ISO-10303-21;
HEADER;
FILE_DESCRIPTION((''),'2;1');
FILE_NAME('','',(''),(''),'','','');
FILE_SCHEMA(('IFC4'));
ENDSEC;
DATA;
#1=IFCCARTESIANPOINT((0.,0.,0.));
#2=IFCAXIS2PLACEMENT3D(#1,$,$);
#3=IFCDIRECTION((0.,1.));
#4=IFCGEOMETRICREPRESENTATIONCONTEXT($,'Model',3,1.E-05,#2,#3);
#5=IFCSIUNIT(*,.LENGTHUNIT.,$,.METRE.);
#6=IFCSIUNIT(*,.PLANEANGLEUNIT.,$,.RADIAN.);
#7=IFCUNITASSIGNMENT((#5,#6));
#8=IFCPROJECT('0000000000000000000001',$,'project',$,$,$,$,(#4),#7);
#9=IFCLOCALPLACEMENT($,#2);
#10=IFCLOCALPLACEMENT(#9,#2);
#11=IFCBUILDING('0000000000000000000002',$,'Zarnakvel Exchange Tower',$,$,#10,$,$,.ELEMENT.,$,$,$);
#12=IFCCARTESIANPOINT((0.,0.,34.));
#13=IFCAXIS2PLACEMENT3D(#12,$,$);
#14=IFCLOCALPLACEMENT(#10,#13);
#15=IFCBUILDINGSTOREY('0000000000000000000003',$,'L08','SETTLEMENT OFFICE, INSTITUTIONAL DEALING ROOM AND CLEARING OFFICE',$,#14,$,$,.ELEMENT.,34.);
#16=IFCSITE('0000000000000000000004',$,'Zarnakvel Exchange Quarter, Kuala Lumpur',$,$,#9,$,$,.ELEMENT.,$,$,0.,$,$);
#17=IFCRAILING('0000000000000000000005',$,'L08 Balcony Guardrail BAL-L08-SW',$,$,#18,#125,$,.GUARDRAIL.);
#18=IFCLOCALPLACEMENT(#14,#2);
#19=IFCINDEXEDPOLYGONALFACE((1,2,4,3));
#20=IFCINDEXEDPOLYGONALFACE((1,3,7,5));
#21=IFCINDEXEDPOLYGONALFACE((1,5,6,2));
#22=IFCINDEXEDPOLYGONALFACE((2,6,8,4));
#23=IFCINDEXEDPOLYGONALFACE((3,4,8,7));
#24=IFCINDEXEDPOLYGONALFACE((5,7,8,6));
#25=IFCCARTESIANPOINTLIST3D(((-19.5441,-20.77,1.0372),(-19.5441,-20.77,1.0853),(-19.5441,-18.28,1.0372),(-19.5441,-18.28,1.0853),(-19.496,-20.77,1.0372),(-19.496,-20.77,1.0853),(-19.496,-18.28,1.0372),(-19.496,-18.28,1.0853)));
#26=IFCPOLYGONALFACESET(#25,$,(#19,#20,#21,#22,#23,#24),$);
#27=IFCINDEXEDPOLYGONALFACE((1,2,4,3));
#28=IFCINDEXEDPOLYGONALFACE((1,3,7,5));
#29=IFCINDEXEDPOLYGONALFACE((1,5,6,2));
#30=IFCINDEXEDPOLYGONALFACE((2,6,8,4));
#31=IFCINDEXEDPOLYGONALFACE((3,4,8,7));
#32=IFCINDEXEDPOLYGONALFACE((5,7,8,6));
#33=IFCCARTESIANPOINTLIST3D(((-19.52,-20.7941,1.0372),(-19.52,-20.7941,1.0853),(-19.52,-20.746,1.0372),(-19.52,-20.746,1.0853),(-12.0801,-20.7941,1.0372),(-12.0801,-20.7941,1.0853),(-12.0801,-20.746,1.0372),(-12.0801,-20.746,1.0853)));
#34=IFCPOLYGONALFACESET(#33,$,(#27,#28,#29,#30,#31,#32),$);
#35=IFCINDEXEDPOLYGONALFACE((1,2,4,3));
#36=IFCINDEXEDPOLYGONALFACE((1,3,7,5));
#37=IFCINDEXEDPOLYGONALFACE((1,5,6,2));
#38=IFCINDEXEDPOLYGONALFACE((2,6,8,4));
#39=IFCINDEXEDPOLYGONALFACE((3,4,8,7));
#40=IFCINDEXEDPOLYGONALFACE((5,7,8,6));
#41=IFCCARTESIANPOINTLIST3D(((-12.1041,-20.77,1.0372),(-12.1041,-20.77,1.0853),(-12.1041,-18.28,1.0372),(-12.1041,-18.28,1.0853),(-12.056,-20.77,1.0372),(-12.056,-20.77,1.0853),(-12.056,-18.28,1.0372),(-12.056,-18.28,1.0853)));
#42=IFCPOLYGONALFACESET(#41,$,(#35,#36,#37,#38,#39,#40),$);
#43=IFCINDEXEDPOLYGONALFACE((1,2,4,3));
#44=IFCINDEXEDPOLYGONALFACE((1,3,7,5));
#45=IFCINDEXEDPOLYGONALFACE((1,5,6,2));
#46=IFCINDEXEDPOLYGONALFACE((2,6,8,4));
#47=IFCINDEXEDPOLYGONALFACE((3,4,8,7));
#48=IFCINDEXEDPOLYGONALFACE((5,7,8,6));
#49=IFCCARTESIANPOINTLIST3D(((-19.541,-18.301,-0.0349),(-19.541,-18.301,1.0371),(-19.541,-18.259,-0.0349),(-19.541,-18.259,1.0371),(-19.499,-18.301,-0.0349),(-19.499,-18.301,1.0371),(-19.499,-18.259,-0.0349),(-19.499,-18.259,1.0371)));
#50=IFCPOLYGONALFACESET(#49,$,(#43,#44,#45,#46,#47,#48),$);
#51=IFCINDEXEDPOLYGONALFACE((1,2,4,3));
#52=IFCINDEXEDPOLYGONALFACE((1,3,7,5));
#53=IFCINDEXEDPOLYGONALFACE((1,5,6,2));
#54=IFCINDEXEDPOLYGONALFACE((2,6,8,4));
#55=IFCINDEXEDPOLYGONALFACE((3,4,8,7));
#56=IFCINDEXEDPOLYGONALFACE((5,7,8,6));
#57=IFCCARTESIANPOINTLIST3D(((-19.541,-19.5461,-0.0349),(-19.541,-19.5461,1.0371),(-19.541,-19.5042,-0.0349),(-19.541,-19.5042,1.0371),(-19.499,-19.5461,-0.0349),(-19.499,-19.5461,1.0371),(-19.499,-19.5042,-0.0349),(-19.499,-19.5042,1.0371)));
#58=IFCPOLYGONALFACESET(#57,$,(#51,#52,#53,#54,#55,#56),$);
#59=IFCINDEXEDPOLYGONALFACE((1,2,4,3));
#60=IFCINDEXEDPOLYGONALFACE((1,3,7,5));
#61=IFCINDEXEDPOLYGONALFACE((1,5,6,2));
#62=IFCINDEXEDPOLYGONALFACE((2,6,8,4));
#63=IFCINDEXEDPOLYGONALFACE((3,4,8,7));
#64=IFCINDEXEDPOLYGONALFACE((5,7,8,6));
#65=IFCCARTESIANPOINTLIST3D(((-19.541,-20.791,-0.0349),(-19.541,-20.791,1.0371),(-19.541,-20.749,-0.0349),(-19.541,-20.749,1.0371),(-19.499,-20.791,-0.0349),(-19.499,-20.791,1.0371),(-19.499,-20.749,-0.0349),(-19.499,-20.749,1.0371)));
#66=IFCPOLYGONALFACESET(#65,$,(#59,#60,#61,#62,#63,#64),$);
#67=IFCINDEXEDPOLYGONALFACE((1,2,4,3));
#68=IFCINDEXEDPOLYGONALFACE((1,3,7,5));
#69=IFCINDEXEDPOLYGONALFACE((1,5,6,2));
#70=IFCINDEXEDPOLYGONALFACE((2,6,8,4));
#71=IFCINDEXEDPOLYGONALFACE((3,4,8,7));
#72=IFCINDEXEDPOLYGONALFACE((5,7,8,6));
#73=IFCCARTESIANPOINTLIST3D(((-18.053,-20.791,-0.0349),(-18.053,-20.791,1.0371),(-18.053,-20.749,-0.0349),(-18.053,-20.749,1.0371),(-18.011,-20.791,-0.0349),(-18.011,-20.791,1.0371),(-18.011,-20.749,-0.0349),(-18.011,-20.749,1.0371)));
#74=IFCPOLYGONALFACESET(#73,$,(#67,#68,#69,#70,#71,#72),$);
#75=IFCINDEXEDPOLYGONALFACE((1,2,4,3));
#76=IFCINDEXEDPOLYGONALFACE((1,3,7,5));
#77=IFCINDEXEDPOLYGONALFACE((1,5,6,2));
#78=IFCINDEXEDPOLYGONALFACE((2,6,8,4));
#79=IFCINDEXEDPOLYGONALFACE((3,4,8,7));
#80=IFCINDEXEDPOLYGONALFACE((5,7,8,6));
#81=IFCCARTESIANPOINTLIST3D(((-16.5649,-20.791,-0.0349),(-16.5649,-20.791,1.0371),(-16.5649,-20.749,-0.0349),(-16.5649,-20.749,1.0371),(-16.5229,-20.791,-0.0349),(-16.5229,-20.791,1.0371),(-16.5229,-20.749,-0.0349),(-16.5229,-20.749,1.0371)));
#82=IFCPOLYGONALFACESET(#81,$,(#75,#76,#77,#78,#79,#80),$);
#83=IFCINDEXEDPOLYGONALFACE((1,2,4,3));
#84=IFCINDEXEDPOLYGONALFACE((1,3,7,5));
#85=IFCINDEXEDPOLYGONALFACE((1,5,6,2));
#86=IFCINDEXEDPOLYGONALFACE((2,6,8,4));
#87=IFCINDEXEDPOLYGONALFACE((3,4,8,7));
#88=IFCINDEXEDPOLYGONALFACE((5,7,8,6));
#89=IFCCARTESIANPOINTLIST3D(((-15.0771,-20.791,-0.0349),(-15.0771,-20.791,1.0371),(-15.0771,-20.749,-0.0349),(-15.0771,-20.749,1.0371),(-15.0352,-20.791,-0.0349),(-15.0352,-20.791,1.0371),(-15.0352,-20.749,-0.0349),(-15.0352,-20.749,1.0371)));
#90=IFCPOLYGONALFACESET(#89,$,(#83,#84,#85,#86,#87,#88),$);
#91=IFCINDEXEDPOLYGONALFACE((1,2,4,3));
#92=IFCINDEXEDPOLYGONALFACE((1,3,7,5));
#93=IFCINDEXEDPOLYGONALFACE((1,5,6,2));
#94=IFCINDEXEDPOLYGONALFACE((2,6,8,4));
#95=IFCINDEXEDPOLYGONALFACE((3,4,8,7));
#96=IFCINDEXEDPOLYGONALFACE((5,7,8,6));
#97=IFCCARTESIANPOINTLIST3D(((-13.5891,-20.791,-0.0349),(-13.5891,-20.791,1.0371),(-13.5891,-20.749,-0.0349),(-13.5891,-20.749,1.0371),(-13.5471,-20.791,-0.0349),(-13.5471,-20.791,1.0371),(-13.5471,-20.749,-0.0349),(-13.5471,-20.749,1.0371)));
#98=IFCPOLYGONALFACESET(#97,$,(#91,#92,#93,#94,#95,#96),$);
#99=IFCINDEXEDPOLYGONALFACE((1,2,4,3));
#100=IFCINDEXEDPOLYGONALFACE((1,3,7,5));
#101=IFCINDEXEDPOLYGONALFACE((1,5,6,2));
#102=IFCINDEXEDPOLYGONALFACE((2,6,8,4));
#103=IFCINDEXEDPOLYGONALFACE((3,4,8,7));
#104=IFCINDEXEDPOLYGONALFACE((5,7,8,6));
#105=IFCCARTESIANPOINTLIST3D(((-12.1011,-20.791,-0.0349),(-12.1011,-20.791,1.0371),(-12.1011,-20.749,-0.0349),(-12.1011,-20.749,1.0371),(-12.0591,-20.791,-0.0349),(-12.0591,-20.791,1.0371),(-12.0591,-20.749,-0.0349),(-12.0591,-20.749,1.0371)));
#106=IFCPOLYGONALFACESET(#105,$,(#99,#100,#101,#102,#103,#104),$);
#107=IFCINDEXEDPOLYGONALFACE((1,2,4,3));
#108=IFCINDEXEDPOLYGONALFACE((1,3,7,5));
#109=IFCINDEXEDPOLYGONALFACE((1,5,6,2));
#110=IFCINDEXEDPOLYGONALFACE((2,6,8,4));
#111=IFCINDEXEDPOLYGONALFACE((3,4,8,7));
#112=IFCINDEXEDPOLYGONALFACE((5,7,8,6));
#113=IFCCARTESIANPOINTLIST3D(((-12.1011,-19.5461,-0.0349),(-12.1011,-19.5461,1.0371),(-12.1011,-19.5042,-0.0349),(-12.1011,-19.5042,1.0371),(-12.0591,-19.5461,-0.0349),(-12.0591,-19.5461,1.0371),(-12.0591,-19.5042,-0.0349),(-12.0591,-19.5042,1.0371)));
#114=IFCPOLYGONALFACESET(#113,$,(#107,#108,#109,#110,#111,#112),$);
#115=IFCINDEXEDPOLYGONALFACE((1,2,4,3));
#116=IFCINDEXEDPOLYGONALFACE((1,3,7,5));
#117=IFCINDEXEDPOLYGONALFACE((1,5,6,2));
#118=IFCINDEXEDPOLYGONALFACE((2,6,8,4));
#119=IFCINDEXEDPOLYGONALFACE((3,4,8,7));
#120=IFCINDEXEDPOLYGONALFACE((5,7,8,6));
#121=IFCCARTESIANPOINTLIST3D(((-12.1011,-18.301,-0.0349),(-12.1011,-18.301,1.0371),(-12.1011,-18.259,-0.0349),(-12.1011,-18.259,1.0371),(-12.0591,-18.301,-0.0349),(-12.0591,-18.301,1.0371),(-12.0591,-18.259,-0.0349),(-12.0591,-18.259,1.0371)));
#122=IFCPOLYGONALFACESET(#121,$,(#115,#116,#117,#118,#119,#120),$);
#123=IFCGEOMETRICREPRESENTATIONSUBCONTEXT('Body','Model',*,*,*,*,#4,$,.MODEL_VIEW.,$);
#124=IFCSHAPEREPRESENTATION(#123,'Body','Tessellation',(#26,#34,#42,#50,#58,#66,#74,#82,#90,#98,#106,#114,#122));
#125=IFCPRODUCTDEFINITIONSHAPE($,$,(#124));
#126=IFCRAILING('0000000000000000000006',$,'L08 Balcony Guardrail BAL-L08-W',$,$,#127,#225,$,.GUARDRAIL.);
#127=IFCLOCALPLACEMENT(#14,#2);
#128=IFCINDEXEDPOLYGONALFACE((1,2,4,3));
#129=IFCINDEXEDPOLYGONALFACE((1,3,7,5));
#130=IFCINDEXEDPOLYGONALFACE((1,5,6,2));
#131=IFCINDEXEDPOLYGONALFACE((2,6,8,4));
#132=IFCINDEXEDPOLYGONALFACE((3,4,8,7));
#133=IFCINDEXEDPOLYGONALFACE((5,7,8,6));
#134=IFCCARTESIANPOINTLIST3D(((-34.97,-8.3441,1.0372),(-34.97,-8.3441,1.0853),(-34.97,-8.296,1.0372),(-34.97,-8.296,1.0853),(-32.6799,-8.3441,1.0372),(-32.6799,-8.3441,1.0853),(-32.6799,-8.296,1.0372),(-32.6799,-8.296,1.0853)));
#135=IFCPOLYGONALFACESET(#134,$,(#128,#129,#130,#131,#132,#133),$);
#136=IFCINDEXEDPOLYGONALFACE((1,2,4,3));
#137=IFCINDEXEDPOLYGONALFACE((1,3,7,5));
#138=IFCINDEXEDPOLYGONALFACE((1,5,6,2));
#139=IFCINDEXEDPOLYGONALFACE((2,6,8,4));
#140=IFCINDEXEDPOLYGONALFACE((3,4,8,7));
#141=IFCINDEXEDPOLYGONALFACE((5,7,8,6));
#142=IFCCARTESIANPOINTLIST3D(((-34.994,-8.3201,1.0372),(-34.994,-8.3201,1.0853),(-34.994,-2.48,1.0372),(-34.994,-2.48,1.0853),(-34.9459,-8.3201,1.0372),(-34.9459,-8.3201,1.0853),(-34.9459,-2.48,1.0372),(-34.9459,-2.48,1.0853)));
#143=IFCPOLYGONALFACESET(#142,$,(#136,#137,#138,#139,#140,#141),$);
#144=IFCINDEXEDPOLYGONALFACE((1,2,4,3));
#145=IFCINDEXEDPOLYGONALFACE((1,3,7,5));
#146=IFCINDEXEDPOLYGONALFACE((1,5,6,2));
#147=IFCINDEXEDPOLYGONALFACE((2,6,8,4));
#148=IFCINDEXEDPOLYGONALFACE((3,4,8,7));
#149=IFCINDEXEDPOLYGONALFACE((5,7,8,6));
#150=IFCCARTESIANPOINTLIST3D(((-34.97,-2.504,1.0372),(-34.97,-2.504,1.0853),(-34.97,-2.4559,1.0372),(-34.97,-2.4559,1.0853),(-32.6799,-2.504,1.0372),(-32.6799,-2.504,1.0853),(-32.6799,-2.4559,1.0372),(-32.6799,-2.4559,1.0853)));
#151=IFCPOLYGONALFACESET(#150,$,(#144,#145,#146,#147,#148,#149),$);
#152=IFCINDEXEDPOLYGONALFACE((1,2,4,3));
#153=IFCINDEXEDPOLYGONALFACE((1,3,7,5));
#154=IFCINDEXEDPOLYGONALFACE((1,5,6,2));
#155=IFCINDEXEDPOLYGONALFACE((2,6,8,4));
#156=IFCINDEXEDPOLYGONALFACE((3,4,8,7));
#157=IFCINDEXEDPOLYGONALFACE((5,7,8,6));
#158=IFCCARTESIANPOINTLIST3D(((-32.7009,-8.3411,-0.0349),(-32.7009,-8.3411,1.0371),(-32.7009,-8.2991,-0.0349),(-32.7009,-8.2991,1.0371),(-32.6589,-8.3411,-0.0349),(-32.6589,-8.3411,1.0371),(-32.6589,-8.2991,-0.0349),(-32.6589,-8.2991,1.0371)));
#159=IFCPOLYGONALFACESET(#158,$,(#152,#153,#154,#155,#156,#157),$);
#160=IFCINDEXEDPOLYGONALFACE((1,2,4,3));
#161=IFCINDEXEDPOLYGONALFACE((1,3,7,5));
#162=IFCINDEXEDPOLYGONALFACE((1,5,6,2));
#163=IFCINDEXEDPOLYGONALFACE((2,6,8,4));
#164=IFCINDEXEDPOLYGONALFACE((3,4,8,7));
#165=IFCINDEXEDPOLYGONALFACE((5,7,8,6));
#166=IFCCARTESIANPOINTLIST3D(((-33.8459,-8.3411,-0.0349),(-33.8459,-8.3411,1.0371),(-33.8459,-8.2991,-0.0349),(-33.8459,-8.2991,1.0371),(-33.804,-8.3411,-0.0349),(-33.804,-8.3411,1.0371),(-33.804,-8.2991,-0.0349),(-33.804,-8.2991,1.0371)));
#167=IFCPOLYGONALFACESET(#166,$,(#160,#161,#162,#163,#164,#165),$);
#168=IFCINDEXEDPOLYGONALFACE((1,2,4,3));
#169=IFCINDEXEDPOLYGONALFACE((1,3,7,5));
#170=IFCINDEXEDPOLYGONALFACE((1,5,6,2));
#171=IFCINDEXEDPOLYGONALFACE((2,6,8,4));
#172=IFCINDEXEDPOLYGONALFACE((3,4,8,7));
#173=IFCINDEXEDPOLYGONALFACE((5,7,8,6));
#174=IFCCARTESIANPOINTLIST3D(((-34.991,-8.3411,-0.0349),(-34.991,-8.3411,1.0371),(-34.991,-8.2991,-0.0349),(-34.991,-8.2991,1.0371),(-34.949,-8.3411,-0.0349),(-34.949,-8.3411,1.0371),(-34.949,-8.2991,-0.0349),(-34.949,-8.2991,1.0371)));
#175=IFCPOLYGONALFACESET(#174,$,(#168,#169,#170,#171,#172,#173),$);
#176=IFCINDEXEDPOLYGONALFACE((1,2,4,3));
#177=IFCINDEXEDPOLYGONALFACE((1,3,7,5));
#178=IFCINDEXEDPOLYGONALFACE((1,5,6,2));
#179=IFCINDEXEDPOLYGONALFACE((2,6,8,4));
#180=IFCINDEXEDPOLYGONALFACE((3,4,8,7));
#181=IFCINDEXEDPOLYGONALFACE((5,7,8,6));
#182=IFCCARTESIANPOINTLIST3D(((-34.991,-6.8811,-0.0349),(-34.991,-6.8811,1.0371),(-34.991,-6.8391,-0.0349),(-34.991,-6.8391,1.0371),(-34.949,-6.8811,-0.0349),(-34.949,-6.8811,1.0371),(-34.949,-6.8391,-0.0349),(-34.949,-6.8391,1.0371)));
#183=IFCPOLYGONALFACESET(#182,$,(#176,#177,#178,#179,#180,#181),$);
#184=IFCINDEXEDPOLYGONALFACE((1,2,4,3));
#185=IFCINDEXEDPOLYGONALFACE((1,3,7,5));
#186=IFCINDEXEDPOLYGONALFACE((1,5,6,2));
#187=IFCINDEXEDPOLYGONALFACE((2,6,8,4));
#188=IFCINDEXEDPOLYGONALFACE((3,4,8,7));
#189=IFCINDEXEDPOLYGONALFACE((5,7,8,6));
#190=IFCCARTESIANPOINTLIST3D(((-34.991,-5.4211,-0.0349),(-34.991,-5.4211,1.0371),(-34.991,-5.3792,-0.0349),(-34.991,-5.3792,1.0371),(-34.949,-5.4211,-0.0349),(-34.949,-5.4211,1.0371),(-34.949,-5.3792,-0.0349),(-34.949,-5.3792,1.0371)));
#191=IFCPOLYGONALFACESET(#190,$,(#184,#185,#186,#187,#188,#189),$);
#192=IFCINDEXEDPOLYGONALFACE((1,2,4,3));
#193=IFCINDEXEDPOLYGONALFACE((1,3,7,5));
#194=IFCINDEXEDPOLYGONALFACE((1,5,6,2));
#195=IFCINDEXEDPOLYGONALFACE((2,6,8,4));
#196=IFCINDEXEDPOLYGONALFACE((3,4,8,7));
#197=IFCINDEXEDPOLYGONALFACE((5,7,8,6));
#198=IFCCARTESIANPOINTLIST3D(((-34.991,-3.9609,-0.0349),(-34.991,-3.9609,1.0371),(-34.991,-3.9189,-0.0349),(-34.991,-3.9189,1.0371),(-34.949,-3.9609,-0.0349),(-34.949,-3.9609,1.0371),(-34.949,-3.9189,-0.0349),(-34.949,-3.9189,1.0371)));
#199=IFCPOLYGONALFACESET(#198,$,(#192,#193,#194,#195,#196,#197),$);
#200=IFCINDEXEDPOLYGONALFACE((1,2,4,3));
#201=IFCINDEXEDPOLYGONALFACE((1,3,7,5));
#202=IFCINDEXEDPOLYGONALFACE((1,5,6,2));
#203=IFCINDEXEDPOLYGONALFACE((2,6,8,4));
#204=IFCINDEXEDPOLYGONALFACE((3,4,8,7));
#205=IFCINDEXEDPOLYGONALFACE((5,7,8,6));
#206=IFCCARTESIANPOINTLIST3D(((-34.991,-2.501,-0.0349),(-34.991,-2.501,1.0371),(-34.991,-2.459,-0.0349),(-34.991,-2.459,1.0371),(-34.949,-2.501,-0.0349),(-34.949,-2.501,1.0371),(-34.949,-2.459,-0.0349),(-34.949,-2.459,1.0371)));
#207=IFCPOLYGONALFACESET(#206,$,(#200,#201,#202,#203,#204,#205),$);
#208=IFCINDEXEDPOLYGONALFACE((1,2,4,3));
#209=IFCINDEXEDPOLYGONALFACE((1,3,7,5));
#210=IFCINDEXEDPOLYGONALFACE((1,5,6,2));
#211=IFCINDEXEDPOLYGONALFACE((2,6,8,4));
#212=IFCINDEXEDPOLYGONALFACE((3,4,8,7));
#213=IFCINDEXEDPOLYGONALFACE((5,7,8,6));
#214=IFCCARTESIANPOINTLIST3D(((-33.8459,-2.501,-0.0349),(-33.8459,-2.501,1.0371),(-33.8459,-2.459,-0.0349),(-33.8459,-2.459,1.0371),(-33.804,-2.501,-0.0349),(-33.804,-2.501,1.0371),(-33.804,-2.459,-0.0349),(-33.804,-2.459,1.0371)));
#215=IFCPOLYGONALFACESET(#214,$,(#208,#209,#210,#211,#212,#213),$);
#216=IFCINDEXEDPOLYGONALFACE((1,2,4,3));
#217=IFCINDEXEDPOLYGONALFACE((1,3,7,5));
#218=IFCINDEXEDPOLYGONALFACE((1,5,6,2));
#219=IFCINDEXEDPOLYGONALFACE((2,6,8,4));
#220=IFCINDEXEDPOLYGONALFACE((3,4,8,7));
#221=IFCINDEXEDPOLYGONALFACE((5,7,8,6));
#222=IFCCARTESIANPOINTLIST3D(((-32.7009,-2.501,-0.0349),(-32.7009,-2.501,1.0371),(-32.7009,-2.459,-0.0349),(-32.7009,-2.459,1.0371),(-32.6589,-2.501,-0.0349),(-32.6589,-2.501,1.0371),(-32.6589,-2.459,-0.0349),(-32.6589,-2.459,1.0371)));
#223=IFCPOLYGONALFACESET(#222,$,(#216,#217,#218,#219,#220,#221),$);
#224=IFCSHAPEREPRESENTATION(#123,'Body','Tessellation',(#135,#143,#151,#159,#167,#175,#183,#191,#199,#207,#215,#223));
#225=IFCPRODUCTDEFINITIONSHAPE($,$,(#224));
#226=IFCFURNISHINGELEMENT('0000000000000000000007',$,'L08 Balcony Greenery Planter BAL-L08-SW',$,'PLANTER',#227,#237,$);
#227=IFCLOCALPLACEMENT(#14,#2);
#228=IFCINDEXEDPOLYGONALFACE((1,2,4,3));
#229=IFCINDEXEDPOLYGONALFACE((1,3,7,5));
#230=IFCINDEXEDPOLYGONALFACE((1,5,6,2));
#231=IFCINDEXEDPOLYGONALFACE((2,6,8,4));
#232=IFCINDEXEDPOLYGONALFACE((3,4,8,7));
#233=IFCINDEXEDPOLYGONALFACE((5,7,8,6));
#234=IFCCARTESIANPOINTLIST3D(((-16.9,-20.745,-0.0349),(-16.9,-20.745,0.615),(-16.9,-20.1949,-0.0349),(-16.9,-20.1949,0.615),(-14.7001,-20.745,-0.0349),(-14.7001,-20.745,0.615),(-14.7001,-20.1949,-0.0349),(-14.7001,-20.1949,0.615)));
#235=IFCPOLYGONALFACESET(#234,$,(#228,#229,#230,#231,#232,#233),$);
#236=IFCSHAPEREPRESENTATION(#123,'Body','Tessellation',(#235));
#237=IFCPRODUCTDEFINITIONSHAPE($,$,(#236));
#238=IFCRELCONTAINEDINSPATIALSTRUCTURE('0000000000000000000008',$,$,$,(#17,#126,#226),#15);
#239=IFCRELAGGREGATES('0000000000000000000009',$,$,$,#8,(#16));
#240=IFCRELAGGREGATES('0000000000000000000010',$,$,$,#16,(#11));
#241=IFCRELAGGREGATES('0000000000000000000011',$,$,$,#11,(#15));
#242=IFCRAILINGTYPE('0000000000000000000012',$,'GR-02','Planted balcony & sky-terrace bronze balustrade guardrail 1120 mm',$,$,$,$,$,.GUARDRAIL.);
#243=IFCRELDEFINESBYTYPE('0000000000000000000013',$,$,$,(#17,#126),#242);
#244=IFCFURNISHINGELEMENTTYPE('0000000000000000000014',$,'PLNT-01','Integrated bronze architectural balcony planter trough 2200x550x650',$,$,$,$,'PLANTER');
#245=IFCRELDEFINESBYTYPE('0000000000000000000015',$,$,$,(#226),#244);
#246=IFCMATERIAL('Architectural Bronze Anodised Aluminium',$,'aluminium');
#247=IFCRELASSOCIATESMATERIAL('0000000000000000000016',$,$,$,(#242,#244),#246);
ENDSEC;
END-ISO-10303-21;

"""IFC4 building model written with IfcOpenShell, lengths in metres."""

from ifc_helpers import new_model, si_unit, direction, frame, origin, origin_2d, place, context, subcontext, project, spatial, rectangle, extrude, source, transform, mapped, material, type_object, element, save


model = new_model("IFC4")

# Units and contexts
model_context = context("Model", 3, precision=1e-05, world=origin(), true_north=direction((0.0, 1.0)))
body_context = subcontext(model_context, "Body", "Model", "MODEL_VIEW")
ifc_project = project(units=[si_unit("LENGTHUNIT", "METRE"), si_unit("PLANEANGLEUNIT", "RADIAN")], contexts=[model_context])

# Site, building, storey
site_placement = place(None, origin())
site = spatial("IfcSite", under=ifc_project, at=site_placement, Name="Zarnakvel Exchange Quarter, Kuala Lumpur", CompositionType="ELEMENT", RefElevation=0.0)
building_placement = place(site_placement, origin())
building = spatial("IfcBuilding", under=site, at=building_placement, Name="Zarnakvel Exchange Tower", CompositionType="ELEMENT")
storey_placement = place(building_placement, frame((0.0, 0.0, 34.0)))
storey = spatial("IfcBuildingStorey", under=building, at=storey_placement, Name="L08", Description="SETTLEMENT OFFICE, INSTITUTIONAL DEALING ROOM AND CLEARING OFFICE", CompositionType="ELEMENT", Elevation=34.0)

# Shared definitions
ifc_material_1 = material(Name="Architectural Bronze Anodised Aluminium", Category="aluminium")

# Railings
railing_type = type_object("IfcRailingType", Name="GR-02", Description="Planted balcony & sky-terrace bronze balustrade guardrail 1120 mm", PredefinedType="GUARDRAIL", material=ifc_material_1)
railing_1_placement = place(storey_placement, frame((-19.52, -18.28, -0.0349)))
element("IfcRailing", 1, at=railing_1_placement, inside=storey, type_object=railing_type, Name="L08 Balcony Guardrail BAL-L08-SW", PredefinedType="GUARDRAIL", context=body_context, shape_type="SweptSolid", body=[
    extrude(rectangle(XDim=0.0481, YDim=0.0481, at=origin_2d()), frame((0.0, 0.0, 1.0962), z_axis=(0.0, -1.0, 0.0), x_axis=(1.0, 0.0, 0.0)), (0.0, 0.0, 1.0), 2.49),
    extrude(rectangle(XDim=0.0481, YDim=0.0481, at=origin_2d()), frame((0.0, -2.49, 1.0962), z_axis=(1.0, 0.0, 0.0), x_axis=(0.0, 1.0, 0.0)), (0.0, 0.0, 1.0), 7.4399),
    extrude(rectangle(XDim=0.0481, YDim=0.0481, at=origin_2d()), frame((7.4399, -2.49, 1.0962), z_axis=(0.0, 1.0, 0.0), x_axis=(-1.0, 0.0, 0.0)), (0.0, 0.0, 1.0), 2.49),
    extrude(rectangle(XDim=0.042, YDim=0.042, at=origin_2d()), origin(), (0.0, 0.0, 1.0), 1.072),
    extrude(rectangle(XDim=0.042, YDim=0.042, at=origin_2d()), frame((0.0, -1.2451, 0.0)), (0.0, 0.0, 1.0), 1.072),
    extrude(rectangle(XDim=0.042, YDim=0.042, at=origin_2d()), frame((0.0, -2.49, 0.0)), (0.0, 0.0, 1.0), 1.072),
    extrude(rectangle(XDim=0.042, YDim=0.042, at=origin_2d()), frame((1.488, -2.49, 0.0)), (0.0, 0.0, 1.0), 1.072),
    extrude(rectangle(XDim=0.042, YDim=0.042, at=origin_2d()), frame((2.9761, -2.49, 0.0)), (0.0, 0.0, 1.0), 1.072),
    extrude(rectangle(XDim=0.042, YDim=0.042, at=origin_2d()), frame((4.4639, -2.49, 0.0)), (0.0, 0.0, 1.0), 1.072),
    extrude(rectangle(XDim=0.042, YDim=0.042, at=origin_2d()), frame((5.9519, -2.49, 0.0)), (0.0, 0.0, 1.0), 1.072),
    extrude(rectangle(XDim=0.042, YDim=0.042, at=origin_2d()), frame((7.4399, -2.49, 0.0)), (0.0, 0.0, 1.0), 1.072),
    extrude(rectangle(XDim=0.042, YDim=0.042, at=origin_2d()), frame((7.4399, -1.2451, 0.0)), (0.0, 0.0, 1.0), 1.072),
    extrude(rectangle(XDim=0.042, YDim=0.042, at=origin_2d()), frame((7.4399, 0.0, 0.0)), (0.0, 0.0, 1.0), 1.072),
])
railing_2_placement = place(storey_placement, frame((-32.6799, -8.3201, -0.0349)))
element("IfcRailing", 2, at=railing_2_placement, inside=storey, type_object=railing_type, Name="L08 Balcony Guardrail BAL-L08-W", PredefinedType="GUARDRAIL", context=body_context, shape_type="SweptSolid", body=[
    extrude(rectangle(XDim=0.0481, YDim=0.0481, at=origin_2d()), frame((0.0, 0.0, 1.0962), z_axis=(-1.0, 0.0, 0.0), x_axis=(0.0, -1.0, 0.0)), (0.0, 0.0, 1.0), 2.29),
    extrude(rectangle(XDim=0.0481, YDim=0.0481, at=origin_2d()), frame((-2.29, 0.0, 1.0962), z_axis=(0.0, 1.0, 0.0), x_axis=(-1.0, 0.0, 0.0)), (0.0, 0.0, 1.0), 5.8401),
    extrude(rectangle(XDim=0.0481, YDim=0.0481, at=origin_2d()), frame((-2.29, 5.8401, 1.0962), z_axis=(1.0, 0.0, 0.0), x_axis=(0.0, 1.0, 0.0)), (0.0, 0.0, 1.0), 2.29),
    extrude(rectangle(XDim=0.042, YDim=0.042, at=origin_2d()), origin(), (0.0, 0.0, 1.0), 1.072),
    extrude(rectangle(XDim=0.042, YDim=0.042, at=origin_2d()), frame((-1.145, 0.0, 0.0)), (0.0, 0.0, 1.0), 1.072),
    extrude(rectangle(XDim=0.042, YDim=0.042, at=origin_2d()), frame((-2.29, 0.0, 0.0)), (0.0, 0.0, 1.0), 1.072),
    extrude(rectangle(XDim=0.042, YDim=0.042, at=origin_2d()), frame((-2.29, 1.46, 0.0)), (0.0, 0.0, 1.0), 1.072),
    extrude(rectangle(XDim=0.042, YDim=0.042, at=origin_2d()), frame((-2.29, 2.9199, 0.0)), (0.0, 0.0, 1.0), 1.072),
    extrude(rectangle(XDim=0.042, YDim=0.042, at=origin_2d()), frame((-2.29, 4.3801, 0.0)), (0.0, 0.0, 1.0), 1.072),
    extrude(rectangle(XDim=0.042, YDim=0.042, at=origin_2d()), frame((-2.29, 5.8401, 0.0)), (0.0, 0.0, 1.0), 1.072),
    extrude(rectangle(XDim=0.042, YDim=0.042, at=origin_2d()), frame((-1.145, 5.8401, 0.0)), (0.0, 0.0, 1.0), 1.072),
    extrude(rectangle(XDim=0.042, YDim=0.042, at=origin_2d()), frame((0.0, 5.8401, 0.0)), (0.0, 0.0, 1.0), 1.072),
])

# Furnishing element
furnishing_element_type = type_object("IfcFurnishingElementType", Name="PLNT-01", Description="Integrated bronze architectural balcony planter trough 2200x550x650", ElementType="PLANTER", material=ifc_material_1)
shared_shape_1 = source(origin(), body_context, "Body", "SweptSolid", [
    extrude(rectangle(XDim=2.2, YDim=0.55, at=origin_2d()), origin(), (0.0, 0.0, 1.0), 0.6499),
])
furnishing_placement = place(storey_placement, frame((-15.8, -20.47, -0.0349), z_axis=(0.0, 0.0, 1.0), x_axis=(1.0, 0.0, 0.0)))
element("IfcFurnishingElement", 3, at=furnishing_placement, inside=storey, type_object=furnishing_element_type, Name="L08 Balcony Greenery Planter BAL-L08-SW", ObjectType="PLANTER", context=body_context, shape_type="MappedRepresentation", body=[
    mapped(shared_shape_1, transform((0.0, 0.0, 0.0), x_axis=(1.0, 0.0, 0.0), y_axis=(0.0, 1.0, 0.0), z_axis=(0.0, 0.0, 1.0), scale=1.0)),
])

save(model, "model.ifc")
